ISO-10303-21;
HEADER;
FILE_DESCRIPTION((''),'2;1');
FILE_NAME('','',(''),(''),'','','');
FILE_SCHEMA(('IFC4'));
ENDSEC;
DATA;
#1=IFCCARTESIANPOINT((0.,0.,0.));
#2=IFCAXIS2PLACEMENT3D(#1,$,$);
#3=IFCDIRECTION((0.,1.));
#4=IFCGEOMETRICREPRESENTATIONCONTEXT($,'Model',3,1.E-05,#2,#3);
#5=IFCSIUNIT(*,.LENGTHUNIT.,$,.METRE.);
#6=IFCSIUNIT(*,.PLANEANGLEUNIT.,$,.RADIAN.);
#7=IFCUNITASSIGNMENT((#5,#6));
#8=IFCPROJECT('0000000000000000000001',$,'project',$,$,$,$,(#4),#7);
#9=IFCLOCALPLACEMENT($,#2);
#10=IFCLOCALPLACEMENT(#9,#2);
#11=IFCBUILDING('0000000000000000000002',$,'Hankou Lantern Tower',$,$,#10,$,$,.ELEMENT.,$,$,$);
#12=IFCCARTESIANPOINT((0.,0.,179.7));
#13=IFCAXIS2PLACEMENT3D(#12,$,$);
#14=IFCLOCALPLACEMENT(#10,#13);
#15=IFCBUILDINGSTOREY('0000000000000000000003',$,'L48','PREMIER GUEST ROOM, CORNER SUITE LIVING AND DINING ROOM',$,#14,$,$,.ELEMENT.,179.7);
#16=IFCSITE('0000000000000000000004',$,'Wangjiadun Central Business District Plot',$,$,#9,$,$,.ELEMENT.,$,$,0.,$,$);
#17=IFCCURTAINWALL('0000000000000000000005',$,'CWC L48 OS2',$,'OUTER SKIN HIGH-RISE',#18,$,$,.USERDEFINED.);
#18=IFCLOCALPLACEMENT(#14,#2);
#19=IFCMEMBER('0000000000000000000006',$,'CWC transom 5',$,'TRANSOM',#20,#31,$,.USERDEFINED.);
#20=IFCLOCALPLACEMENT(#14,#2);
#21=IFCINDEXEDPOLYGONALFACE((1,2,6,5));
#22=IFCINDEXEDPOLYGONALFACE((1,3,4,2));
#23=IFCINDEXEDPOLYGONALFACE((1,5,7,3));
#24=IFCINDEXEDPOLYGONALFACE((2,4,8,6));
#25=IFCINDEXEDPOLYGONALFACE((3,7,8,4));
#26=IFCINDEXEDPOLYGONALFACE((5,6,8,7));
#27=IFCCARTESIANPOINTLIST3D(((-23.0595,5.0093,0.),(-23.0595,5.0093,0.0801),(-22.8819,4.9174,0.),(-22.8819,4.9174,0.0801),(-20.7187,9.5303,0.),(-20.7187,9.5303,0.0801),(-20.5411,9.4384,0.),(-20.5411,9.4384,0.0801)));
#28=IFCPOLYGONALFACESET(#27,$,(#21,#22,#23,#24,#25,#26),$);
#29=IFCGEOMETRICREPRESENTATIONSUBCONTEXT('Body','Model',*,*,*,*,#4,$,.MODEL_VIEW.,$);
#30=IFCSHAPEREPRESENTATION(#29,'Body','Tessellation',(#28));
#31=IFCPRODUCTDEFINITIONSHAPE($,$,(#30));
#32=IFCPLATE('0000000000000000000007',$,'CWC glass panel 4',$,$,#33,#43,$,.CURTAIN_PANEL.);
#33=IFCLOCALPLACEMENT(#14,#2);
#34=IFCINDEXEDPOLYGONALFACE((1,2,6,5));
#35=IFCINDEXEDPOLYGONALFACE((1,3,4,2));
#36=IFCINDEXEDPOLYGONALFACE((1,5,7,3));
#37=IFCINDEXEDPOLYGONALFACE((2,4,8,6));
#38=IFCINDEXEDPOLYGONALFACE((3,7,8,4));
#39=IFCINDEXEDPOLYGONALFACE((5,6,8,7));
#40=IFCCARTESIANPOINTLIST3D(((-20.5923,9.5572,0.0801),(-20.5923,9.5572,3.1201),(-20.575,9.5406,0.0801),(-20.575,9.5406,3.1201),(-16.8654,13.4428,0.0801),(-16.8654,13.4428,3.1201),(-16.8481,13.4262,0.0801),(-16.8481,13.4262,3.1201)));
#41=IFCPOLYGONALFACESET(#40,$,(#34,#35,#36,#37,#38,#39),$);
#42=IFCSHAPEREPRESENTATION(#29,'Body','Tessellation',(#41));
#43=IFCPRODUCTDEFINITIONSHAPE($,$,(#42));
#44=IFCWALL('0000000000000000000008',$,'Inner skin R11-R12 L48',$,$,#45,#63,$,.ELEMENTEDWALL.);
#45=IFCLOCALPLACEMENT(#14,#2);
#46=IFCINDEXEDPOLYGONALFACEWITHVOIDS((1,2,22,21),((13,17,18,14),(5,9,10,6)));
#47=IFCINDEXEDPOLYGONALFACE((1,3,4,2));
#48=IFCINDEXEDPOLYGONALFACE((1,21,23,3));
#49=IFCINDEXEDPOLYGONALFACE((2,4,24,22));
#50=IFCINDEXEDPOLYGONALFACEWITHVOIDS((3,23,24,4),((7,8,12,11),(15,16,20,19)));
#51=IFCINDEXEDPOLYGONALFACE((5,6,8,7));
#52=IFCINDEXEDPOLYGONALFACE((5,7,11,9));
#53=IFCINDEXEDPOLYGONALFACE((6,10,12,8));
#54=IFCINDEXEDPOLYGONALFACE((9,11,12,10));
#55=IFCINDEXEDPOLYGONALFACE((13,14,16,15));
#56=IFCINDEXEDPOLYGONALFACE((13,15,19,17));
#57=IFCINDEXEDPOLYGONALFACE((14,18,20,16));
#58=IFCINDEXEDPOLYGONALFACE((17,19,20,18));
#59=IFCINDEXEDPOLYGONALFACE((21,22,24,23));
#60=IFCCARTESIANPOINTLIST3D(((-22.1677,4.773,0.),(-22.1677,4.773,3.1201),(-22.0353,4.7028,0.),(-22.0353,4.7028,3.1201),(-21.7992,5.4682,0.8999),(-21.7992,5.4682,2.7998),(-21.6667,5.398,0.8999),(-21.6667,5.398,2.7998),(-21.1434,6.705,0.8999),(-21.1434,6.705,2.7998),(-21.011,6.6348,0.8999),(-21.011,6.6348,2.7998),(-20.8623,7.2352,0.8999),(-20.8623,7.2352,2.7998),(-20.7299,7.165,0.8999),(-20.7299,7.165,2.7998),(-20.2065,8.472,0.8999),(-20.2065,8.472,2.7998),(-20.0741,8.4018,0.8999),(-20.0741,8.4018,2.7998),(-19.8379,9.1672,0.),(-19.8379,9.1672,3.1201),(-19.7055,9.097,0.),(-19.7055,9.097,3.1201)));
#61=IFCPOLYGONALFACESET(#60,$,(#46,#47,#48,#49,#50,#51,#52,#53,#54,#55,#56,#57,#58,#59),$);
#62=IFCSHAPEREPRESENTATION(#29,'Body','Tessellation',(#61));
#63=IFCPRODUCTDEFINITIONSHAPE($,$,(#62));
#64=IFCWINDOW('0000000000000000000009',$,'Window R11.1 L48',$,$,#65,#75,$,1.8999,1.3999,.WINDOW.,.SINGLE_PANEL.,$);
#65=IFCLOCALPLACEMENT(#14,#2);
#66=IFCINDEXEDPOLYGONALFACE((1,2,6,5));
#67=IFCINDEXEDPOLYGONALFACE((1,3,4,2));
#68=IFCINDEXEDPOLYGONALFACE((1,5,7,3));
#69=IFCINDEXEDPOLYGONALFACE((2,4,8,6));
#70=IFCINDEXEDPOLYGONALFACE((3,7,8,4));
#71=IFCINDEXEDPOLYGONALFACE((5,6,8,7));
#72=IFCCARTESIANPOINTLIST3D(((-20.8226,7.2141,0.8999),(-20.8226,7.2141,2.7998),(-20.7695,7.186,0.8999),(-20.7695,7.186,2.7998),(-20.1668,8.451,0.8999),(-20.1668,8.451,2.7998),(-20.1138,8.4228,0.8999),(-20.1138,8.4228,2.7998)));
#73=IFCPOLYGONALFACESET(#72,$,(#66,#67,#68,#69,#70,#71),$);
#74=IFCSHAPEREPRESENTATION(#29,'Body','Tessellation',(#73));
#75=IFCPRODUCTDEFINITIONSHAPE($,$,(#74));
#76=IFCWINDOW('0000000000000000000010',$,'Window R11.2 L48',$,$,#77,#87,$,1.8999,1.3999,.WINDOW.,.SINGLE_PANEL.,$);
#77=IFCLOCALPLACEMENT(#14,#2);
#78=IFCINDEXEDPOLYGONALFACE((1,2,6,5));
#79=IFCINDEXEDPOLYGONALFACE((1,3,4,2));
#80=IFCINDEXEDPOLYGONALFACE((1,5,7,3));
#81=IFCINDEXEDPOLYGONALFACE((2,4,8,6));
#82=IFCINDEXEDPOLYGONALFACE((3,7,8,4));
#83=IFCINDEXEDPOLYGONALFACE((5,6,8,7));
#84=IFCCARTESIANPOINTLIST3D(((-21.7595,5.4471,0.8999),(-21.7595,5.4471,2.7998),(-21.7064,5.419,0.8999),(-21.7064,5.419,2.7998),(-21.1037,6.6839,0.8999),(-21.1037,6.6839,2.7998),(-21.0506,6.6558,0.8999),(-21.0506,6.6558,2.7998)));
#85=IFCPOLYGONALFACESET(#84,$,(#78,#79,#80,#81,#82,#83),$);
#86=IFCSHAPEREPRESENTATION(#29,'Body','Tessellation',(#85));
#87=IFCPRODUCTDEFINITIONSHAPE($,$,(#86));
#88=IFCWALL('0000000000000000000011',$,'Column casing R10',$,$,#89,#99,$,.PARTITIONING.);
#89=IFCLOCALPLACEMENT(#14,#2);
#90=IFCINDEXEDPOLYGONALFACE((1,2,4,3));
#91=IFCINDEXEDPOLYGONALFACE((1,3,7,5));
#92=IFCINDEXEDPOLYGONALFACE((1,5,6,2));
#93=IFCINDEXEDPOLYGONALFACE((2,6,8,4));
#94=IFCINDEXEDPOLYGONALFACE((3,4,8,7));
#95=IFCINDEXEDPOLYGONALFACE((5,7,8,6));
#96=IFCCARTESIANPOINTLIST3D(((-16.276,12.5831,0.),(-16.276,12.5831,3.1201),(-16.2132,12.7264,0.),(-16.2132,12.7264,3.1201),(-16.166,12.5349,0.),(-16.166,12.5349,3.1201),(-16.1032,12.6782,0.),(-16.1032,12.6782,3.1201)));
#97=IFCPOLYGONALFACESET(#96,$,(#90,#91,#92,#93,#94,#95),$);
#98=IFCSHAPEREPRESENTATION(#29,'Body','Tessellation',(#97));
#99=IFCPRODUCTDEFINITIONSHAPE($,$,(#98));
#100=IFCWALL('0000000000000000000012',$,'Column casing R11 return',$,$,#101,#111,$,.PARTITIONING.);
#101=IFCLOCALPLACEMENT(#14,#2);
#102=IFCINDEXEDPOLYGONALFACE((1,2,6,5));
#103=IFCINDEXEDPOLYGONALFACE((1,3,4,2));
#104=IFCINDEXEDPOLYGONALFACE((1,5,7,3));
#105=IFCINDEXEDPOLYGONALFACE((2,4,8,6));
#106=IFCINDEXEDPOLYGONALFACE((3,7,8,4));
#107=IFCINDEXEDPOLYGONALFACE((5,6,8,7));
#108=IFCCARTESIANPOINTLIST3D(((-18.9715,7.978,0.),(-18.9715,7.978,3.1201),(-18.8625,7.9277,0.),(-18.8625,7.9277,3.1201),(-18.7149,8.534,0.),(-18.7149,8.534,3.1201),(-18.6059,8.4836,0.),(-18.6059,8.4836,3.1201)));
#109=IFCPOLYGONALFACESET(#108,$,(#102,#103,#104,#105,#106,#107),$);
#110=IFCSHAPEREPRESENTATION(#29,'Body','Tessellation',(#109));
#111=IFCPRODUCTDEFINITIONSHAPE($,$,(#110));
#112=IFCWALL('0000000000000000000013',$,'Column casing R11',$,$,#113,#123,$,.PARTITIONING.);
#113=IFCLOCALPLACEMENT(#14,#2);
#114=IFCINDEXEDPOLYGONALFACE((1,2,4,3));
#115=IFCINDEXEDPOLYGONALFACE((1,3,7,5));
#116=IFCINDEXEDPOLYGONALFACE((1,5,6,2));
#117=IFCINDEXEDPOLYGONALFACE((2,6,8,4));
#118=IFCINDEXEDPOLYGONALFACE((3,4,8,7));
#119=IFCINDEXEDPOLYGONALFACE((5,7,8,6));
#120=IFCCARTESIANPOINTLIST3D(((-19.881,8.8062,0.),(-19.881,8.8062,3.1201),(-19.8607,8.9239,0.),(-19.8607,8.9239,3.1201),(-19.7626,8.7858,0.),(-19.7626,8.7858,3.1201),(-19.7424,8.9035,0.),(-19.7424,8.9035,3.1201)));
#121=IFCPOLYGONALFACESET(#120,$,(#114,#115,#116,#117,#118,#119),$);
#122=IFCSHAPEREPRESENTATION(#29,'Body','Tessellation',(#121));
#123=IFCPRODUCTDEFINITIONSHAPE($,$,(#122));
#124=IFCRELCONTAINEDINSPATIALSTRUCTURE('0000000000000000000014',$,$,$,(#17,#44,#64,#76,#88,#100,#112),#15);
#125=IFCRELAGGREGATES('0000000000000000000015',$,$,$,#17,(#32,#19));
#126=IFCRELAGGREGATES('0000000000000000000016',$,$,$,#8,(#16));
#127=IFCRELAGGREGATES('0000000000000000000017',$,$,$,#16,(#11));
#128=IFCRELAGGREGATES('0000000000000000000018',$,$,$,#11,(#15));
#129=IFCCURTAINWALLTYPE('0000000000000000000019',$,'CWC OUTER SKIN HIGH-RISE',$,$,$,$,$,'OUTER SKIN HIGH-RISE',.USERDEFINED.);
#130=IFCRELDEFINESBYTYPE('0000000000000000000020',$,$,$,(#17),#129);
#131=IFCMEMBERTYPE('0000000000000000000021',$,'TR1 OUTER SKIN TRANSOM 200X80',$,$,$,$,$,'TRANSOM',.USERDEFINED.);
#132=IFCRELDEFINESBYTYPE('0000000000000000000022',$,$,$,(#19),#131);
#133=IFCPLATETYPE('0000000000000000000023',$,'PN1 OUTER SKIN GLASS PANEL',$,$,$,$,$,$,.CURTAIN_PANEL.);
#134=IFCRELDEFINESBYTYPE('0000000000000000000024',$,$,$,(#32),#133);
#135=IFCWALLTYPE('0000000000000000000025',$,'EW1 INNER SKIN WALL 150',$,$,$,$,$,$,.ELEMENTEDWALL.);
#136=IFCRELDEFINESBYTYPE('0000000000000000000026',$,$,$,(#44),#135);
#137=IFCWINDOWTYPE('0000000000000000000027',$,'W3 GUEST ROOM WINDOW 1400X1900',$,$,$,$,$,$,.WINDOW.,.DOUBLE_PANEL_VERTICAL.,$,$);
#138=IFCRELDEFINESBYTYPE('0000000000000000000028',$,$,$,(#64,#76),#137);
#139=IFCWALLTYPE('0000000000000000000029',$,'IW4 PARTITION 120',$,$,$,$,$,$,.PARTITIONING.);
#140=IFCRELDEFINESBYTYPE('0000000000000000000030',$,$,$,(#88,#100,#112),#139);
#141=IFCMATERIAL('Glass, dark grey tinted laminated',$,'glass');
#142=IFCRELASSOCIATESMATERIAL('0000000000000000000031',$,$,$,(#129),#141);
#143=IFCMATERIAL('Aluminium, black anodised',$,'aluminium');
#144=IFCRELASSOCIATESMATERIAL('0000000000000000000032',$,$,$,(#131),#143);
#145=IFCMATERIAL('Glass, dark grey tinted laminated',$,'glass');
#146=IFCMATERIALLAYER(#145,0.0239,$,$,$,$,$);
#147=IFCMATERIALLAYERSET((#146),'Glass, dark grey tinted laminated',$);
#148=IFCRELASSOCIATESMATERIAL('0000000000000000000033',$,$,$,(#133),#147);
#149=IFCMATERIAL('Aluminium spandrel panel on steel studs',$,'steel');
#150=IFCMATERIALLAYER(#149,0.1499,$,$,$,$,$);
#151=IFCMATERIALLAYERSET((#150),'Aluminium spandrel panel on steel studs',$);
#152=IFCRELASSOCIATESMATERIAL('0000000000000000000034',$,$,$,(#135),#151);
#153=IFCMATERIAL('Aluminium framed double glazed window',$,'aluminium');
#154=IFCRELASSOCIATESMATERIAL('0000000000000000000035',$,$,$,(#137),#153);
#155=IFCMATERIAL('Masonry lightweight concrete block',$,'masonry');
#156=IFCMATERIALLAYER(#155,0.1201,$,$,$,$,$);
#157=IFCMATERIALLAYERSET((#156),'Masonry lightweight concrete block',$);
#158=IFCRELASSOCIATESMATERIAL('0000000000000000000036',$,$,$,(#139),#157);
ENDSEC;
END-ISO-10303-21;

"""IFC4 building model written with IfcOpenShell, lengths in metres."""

from ifc_helpers import new_model, si_unit, direction, frame, frame_2d, origin, origin_2d, place, context, subcontext, project, spatial, rectangle, extrude, material, layer, layer_set, material_profile, profile_set, type_object, element, fill, aggregate, save


model = new_model("IFC4")

# Units and contexts
model_context = context("Model", 3, precision=1e-05, world=origin(), true_north=direction((0.0, 1.0)))
body_context = subcontext(model_context, "Body", "Model", "MODEL_VIEW")
ifc_project = project(units=[si_unit("LENGTHUNIT", "METRE"), si_unit("PLANEANGLEUNIT", "RADIAN")], contexts=[model_context])

# Site, building, storey
site_placement = place(None, origin())
site = spatial("IfcSite", under=ifc_project, at=site_placement, Name="Wangjiadun Central Business District Plot", CompositionType="ELEMENT", RefElevation=0.0)
building_placement = place(site_placement, origin())
building = spatial("IfcBuilding", under=site, at=building_placement, Name="Hankou Lantern Tower", CompositionType="ELEMENT")
storey_placement = place(building_placement, frame((0.0, 0.0, 179.7)))
storey = spatial("IfcBuildingStorey", under=building, at=storey_placement, Name="L48", Description="PREMIER GUEST ROOM, CORNER SUITE LIVING AND DINING ROOM", CompositionType="ELEMENT", Elevation=179.7)

# Curtain wall
ifc_material_1 = material(Name="Glass, dark grey tinted laminated", Category="glass")
curtain_wall_type = type_object("IfcCurtainWallType", Name="CWC OUTER SKIN HIGH-RISE", ElementType="OUTER SKIN HIGH-RISE", PredefinedType="USERDEFINED", material=ifc_material_1)
curtain_wall_placement = place(storey_placement, origin())
curtain_wall = element("IfcCurtainWall", 1, at=curtain_wall_placement, inside=storey, type_object=curtain_wall_type, Name="CWC L48 OS2", ObjectType="OUTER SKIN HIGH-RISE", PredefinedType="USERDEFINED")

# Member
ifc_material_2 = material(Name="Aluminium, black anodised", Category="aluminium")
ifc_material_profile_1 = material_profile(ifc_material_2, rectangle(XDim=0.2, YDim=0.0801, at=origin_2d()), Name="TR1 200X80")
ifc_profile_set_1 = profile_set([ifc_material_profile_1], Name="Aluminium, black anodised")
member_type_1 = type_object("IfcMemberType", Name="TR1 OUTER SKIN TRANSOM 200X80", ElementType="TRANSOM", PredefinedType="USERDEFINED", material=ifc_profile_set_1)
member_1_placement = place(storey_placement, frame((-20.6299, 9.4844, 0.04), z_axis=(-0.459791, -0.888027, 0.0), x_axis=(0.888027, -0.459791, 0.0)))
member_1 = element("IfcMember", 2, at=member_1_placement, type_object=member_type_1, Name="CWC transom 5", ObjectType="TRANSOM", PredefinedType="USERDEFINED", context=body_context, shape_type="SweptSolid", body=[
    extrude(rectangle(XDim=0.2, YDim=0.0801, at=origin_2d()), origin(), (0.0, 0.0, 1.0), 5.0911),
])

# Plate
ifc_material_3 = material(Name="Glass, dark grey tinted laminated", Category="glass")
ifc_layer_1 = layer(ifc_material_3, 0.0239)
ifc_layer_set_1 = layer_set([ifc_layer_1], Name="Glass, dark grey tinted laminated")
plate_type = type_object("IfcPlateType", Name="PN1 OUTER SKIN GLASS PANEL", PredefinedType="CURTAIN_PANEL", material=ifc_layer_set_1)
plate_placement = place(storey_placement, frame((-18.7202, 11.4917, 0.0801), z_axis=(0.0, 0.0, 1.0), x_axis=(-0.692216, -0.721691, 0.0)))
plate = element("IfcPlate", 3, at=plate_placement, type_object=plate_type, Name="CWC glass panel 4", PredefinedType="CURTAIN_PANEL", context=body_context, shape_type="SweptSolid", body=[
    extrude(rectangle(XDim=5.384, YDim=0.0239, at=origin_2d()), origin(), (0.0, 0.0, 1.0), 3.04),
])
aggregate(curtain_wall, [plate, member_1])

# Wall, openings, windows
ifc_material_4 = material(Name="Aluminium spandrel panel on steel studs", Category="steel")
ifc_layer_2 = layer(ifc_material_4, 0.1499)
ifc_layer_set_2 = layer_set([ifc_layer_2], Name="Aluminium spandrel panel on steel studs")
wall_type_1 = type_object("IfcWallType", Name="EW1 INNER SKIN WALL 150", PredefinedType="ELEMENTEDWALL", material=ifc_layer_set_2)
wall_1_placement = place(storey_placement, frame((-19.7717, 9.1321, 0.0), z_axis=(0.0, 0.0, 1.0), x_axis=(-0.468429, -0.883501, 0.0)))
wall_1 = element("IfcWall", 4, at=wall_1_placement, inside=storey, type_object=wall_type_1, Name="Inner skin R11-R12 L48", PredefinedType="ELEMENTEDWALL", context=body_context, shape_type="SweptSolid", body=[
    extrude(rectangle(XDim=4.9736, YDim=0.1499, at=frame_2d((2.4868, 0.0))), origin(), (0.0, 0.0, 1.0), 3.1201),
])
opening_1_placement = place(wall_1_placement, frame((0.7869, 0.0, 0.8999)))
opening_1 = element("IfcOpeningElement", 5, at=opening_1_placement, cuts=wall_1, PredefinedType="OPENING", context=body_context, shape_type="SweptSolid", body=[
    extrude(rectangle(XDim=1.3999, YDim=1.8999, at=frame_2d((0.7, 0.95))), frame((0.0, 0.085, 0.0), z_axis=(0.0, -1.0, 0.0), x_axis=(1.0, 0.0, 0.0)), (0.0, 0.0, 1.0), 0.1699),
])
opening_2_placement = place(wall_1_placement, frame((2.7869, 0.0, 0.8999)))
opening_2 = element("IfcOpeningElement", 6, at=opening_2_placement, cuts=wall_1, PredefinedType="OPENING", context=body_context, shape_type="SweptSolid", body=[
    extrude(rectangle(XDim=1.3999, YDim=1.8999, at=frame_2d((0.7, 0.95))), frame((0.0, 0.085, 0.0), z_axis=(0.0, -1.0, 0.0), x_axis=(1.0, 0.0, 0.0)), (0.0, 0.0, 1.0), 0.1699),
])
ifc_material_5 = material(Name="Aluminium framed double glazed window", Category="aluminium")
window_type = type_object("IfcWindowType", Name="W3 GUEST ROOM WINDOW 1400X1900", PartitioningType="DOUBLE_PANEL_VERTICAL", PredefinedType="WINDOW", material=ifc_material_5)
window_1_placement = place(opening_1_placement, origin())
window_1 = element("IfcWindow", 7, at=window_1_placement, inside=storey, type_object=window_type, Name="Window R11.1 L48", OverallHeight=1.8999, OverallWidth=1.3999, PartitioningType="SINGLE_PANEL", PredefinedType="WINDOW", context=body_context, shape_type="SweptSolid", body=[
    extrude(rectangle(XDim=1.3999, YDim=1.8999, at=frame_2d((0.7, 0.95))), frame((0.0, 0.03, 0.0), z_axis=(0.0, -1.0, 0.0), x_axis=(1.0, 0.0, 0.0)), (0.0, 0.0, 1.0), 0.0601),
])
fill(opening_1, window_1)
window_2_placement = place(opening_2_placement, origin())
window_2 = element("IfcWindow", 8, at=window_2_placement, inside=storey, type_object=window_type, Name="Window R11.2 L48", OverallHeight=1.8999, OverallWidth=1.3999, PartitioningType="SINGLE_PANEL", PredefinedType="WINDOW", context=body_context, shape_type="SweptSolid", body=[
    extrude(rectangle(XDim=1.3999, YDim=1.8999, at=frame_2d((0.7, 0.95))), frame((0.0, 0.03, 0.0), z_axis=(0.0, -1.0, 0.0), x_axis=(1.0, 0.0, 0.0)), (0.0, 0.0, 1.0), 0.0601),
])
fill(opening_2, window_2)

# Walls
ifc_material_6 = material(Name="Masonry lightweight concrete block", Category="masonry")
ifc_layer_3 = layer(ifc_material_6, 0.1201)
ifc_layer_set_3 = layer_set([ifc_layer_3], Name="Masonry lightweight concrete block")
wall_type_2 = type_object("IfcWallType", Name="IW4 PARTITION 120", PredefinedType="PARTITIONING", material=ifc_layer_set_3)
wall_2_placement = place(storey_placement, frame((-16.2209, 12.5591, 0.0), z_axis=(0.0, 0.0, 1.0), x_axis=(0.401064, 0.91605, 0.0)))
element("IfcWall", 9, at=wall_2_placement, inside=storey, type_object=wall_type_2, Name="Column casing R10", PredefinedType="PARTITIONING", context=body_context, shape_type="SweptSolid", body=[
    extrude(rectangle(XDim=0.1565, YDim=0.1201, at=frame_2d((0.0781, 0.0))), origin(), (0.0, 0.0, 1.0), 3.1201),
])
wall_3_placement = place(storey_placement, frame((-18.6604, 8.5088, 0.0), z_axis=(0.0, 0.0, 1.0), x_axis=(-0.419083, -0.907948, 0.0)))
element("IfcWall", 10, at=wall_3_placement, inside=storey, type_object=wall_type_2, Name="Column casing R11 return", PredefinedType="PARTITIONING", context=body_context, shape_type="SweptSolid", body=[
    extrude(rectangle(XDim=0.6123, YDim=0.1201, at=frame_2d((0.3062, 0.0))), origin(), (0.0, 0.0, 1.0), 3.1201),
])
wall_4_placement = place(storey_placement, frame((-19.8218, 8.7961, 0.0), z_axis=(0.0, 0.0, 1.0), x_axis=(0.169702, 0.985496, 0.0)))
element("IfcWall", 11, at=wall_4_placement, inside=storey, type_object=wall_type_2, Name="Column casing R11", PredefinedType="PARTITIONING", context=body_context, shape_type="SweptSolid", body=[
    extrude(rectangle(XDim=0.1194, YDim=0.1201, at=frame_2d((0.0596, 0.0))), origin(), (0.0, 0.0, 1.0), 3.1201),
])

save(model, "model.ifc")
